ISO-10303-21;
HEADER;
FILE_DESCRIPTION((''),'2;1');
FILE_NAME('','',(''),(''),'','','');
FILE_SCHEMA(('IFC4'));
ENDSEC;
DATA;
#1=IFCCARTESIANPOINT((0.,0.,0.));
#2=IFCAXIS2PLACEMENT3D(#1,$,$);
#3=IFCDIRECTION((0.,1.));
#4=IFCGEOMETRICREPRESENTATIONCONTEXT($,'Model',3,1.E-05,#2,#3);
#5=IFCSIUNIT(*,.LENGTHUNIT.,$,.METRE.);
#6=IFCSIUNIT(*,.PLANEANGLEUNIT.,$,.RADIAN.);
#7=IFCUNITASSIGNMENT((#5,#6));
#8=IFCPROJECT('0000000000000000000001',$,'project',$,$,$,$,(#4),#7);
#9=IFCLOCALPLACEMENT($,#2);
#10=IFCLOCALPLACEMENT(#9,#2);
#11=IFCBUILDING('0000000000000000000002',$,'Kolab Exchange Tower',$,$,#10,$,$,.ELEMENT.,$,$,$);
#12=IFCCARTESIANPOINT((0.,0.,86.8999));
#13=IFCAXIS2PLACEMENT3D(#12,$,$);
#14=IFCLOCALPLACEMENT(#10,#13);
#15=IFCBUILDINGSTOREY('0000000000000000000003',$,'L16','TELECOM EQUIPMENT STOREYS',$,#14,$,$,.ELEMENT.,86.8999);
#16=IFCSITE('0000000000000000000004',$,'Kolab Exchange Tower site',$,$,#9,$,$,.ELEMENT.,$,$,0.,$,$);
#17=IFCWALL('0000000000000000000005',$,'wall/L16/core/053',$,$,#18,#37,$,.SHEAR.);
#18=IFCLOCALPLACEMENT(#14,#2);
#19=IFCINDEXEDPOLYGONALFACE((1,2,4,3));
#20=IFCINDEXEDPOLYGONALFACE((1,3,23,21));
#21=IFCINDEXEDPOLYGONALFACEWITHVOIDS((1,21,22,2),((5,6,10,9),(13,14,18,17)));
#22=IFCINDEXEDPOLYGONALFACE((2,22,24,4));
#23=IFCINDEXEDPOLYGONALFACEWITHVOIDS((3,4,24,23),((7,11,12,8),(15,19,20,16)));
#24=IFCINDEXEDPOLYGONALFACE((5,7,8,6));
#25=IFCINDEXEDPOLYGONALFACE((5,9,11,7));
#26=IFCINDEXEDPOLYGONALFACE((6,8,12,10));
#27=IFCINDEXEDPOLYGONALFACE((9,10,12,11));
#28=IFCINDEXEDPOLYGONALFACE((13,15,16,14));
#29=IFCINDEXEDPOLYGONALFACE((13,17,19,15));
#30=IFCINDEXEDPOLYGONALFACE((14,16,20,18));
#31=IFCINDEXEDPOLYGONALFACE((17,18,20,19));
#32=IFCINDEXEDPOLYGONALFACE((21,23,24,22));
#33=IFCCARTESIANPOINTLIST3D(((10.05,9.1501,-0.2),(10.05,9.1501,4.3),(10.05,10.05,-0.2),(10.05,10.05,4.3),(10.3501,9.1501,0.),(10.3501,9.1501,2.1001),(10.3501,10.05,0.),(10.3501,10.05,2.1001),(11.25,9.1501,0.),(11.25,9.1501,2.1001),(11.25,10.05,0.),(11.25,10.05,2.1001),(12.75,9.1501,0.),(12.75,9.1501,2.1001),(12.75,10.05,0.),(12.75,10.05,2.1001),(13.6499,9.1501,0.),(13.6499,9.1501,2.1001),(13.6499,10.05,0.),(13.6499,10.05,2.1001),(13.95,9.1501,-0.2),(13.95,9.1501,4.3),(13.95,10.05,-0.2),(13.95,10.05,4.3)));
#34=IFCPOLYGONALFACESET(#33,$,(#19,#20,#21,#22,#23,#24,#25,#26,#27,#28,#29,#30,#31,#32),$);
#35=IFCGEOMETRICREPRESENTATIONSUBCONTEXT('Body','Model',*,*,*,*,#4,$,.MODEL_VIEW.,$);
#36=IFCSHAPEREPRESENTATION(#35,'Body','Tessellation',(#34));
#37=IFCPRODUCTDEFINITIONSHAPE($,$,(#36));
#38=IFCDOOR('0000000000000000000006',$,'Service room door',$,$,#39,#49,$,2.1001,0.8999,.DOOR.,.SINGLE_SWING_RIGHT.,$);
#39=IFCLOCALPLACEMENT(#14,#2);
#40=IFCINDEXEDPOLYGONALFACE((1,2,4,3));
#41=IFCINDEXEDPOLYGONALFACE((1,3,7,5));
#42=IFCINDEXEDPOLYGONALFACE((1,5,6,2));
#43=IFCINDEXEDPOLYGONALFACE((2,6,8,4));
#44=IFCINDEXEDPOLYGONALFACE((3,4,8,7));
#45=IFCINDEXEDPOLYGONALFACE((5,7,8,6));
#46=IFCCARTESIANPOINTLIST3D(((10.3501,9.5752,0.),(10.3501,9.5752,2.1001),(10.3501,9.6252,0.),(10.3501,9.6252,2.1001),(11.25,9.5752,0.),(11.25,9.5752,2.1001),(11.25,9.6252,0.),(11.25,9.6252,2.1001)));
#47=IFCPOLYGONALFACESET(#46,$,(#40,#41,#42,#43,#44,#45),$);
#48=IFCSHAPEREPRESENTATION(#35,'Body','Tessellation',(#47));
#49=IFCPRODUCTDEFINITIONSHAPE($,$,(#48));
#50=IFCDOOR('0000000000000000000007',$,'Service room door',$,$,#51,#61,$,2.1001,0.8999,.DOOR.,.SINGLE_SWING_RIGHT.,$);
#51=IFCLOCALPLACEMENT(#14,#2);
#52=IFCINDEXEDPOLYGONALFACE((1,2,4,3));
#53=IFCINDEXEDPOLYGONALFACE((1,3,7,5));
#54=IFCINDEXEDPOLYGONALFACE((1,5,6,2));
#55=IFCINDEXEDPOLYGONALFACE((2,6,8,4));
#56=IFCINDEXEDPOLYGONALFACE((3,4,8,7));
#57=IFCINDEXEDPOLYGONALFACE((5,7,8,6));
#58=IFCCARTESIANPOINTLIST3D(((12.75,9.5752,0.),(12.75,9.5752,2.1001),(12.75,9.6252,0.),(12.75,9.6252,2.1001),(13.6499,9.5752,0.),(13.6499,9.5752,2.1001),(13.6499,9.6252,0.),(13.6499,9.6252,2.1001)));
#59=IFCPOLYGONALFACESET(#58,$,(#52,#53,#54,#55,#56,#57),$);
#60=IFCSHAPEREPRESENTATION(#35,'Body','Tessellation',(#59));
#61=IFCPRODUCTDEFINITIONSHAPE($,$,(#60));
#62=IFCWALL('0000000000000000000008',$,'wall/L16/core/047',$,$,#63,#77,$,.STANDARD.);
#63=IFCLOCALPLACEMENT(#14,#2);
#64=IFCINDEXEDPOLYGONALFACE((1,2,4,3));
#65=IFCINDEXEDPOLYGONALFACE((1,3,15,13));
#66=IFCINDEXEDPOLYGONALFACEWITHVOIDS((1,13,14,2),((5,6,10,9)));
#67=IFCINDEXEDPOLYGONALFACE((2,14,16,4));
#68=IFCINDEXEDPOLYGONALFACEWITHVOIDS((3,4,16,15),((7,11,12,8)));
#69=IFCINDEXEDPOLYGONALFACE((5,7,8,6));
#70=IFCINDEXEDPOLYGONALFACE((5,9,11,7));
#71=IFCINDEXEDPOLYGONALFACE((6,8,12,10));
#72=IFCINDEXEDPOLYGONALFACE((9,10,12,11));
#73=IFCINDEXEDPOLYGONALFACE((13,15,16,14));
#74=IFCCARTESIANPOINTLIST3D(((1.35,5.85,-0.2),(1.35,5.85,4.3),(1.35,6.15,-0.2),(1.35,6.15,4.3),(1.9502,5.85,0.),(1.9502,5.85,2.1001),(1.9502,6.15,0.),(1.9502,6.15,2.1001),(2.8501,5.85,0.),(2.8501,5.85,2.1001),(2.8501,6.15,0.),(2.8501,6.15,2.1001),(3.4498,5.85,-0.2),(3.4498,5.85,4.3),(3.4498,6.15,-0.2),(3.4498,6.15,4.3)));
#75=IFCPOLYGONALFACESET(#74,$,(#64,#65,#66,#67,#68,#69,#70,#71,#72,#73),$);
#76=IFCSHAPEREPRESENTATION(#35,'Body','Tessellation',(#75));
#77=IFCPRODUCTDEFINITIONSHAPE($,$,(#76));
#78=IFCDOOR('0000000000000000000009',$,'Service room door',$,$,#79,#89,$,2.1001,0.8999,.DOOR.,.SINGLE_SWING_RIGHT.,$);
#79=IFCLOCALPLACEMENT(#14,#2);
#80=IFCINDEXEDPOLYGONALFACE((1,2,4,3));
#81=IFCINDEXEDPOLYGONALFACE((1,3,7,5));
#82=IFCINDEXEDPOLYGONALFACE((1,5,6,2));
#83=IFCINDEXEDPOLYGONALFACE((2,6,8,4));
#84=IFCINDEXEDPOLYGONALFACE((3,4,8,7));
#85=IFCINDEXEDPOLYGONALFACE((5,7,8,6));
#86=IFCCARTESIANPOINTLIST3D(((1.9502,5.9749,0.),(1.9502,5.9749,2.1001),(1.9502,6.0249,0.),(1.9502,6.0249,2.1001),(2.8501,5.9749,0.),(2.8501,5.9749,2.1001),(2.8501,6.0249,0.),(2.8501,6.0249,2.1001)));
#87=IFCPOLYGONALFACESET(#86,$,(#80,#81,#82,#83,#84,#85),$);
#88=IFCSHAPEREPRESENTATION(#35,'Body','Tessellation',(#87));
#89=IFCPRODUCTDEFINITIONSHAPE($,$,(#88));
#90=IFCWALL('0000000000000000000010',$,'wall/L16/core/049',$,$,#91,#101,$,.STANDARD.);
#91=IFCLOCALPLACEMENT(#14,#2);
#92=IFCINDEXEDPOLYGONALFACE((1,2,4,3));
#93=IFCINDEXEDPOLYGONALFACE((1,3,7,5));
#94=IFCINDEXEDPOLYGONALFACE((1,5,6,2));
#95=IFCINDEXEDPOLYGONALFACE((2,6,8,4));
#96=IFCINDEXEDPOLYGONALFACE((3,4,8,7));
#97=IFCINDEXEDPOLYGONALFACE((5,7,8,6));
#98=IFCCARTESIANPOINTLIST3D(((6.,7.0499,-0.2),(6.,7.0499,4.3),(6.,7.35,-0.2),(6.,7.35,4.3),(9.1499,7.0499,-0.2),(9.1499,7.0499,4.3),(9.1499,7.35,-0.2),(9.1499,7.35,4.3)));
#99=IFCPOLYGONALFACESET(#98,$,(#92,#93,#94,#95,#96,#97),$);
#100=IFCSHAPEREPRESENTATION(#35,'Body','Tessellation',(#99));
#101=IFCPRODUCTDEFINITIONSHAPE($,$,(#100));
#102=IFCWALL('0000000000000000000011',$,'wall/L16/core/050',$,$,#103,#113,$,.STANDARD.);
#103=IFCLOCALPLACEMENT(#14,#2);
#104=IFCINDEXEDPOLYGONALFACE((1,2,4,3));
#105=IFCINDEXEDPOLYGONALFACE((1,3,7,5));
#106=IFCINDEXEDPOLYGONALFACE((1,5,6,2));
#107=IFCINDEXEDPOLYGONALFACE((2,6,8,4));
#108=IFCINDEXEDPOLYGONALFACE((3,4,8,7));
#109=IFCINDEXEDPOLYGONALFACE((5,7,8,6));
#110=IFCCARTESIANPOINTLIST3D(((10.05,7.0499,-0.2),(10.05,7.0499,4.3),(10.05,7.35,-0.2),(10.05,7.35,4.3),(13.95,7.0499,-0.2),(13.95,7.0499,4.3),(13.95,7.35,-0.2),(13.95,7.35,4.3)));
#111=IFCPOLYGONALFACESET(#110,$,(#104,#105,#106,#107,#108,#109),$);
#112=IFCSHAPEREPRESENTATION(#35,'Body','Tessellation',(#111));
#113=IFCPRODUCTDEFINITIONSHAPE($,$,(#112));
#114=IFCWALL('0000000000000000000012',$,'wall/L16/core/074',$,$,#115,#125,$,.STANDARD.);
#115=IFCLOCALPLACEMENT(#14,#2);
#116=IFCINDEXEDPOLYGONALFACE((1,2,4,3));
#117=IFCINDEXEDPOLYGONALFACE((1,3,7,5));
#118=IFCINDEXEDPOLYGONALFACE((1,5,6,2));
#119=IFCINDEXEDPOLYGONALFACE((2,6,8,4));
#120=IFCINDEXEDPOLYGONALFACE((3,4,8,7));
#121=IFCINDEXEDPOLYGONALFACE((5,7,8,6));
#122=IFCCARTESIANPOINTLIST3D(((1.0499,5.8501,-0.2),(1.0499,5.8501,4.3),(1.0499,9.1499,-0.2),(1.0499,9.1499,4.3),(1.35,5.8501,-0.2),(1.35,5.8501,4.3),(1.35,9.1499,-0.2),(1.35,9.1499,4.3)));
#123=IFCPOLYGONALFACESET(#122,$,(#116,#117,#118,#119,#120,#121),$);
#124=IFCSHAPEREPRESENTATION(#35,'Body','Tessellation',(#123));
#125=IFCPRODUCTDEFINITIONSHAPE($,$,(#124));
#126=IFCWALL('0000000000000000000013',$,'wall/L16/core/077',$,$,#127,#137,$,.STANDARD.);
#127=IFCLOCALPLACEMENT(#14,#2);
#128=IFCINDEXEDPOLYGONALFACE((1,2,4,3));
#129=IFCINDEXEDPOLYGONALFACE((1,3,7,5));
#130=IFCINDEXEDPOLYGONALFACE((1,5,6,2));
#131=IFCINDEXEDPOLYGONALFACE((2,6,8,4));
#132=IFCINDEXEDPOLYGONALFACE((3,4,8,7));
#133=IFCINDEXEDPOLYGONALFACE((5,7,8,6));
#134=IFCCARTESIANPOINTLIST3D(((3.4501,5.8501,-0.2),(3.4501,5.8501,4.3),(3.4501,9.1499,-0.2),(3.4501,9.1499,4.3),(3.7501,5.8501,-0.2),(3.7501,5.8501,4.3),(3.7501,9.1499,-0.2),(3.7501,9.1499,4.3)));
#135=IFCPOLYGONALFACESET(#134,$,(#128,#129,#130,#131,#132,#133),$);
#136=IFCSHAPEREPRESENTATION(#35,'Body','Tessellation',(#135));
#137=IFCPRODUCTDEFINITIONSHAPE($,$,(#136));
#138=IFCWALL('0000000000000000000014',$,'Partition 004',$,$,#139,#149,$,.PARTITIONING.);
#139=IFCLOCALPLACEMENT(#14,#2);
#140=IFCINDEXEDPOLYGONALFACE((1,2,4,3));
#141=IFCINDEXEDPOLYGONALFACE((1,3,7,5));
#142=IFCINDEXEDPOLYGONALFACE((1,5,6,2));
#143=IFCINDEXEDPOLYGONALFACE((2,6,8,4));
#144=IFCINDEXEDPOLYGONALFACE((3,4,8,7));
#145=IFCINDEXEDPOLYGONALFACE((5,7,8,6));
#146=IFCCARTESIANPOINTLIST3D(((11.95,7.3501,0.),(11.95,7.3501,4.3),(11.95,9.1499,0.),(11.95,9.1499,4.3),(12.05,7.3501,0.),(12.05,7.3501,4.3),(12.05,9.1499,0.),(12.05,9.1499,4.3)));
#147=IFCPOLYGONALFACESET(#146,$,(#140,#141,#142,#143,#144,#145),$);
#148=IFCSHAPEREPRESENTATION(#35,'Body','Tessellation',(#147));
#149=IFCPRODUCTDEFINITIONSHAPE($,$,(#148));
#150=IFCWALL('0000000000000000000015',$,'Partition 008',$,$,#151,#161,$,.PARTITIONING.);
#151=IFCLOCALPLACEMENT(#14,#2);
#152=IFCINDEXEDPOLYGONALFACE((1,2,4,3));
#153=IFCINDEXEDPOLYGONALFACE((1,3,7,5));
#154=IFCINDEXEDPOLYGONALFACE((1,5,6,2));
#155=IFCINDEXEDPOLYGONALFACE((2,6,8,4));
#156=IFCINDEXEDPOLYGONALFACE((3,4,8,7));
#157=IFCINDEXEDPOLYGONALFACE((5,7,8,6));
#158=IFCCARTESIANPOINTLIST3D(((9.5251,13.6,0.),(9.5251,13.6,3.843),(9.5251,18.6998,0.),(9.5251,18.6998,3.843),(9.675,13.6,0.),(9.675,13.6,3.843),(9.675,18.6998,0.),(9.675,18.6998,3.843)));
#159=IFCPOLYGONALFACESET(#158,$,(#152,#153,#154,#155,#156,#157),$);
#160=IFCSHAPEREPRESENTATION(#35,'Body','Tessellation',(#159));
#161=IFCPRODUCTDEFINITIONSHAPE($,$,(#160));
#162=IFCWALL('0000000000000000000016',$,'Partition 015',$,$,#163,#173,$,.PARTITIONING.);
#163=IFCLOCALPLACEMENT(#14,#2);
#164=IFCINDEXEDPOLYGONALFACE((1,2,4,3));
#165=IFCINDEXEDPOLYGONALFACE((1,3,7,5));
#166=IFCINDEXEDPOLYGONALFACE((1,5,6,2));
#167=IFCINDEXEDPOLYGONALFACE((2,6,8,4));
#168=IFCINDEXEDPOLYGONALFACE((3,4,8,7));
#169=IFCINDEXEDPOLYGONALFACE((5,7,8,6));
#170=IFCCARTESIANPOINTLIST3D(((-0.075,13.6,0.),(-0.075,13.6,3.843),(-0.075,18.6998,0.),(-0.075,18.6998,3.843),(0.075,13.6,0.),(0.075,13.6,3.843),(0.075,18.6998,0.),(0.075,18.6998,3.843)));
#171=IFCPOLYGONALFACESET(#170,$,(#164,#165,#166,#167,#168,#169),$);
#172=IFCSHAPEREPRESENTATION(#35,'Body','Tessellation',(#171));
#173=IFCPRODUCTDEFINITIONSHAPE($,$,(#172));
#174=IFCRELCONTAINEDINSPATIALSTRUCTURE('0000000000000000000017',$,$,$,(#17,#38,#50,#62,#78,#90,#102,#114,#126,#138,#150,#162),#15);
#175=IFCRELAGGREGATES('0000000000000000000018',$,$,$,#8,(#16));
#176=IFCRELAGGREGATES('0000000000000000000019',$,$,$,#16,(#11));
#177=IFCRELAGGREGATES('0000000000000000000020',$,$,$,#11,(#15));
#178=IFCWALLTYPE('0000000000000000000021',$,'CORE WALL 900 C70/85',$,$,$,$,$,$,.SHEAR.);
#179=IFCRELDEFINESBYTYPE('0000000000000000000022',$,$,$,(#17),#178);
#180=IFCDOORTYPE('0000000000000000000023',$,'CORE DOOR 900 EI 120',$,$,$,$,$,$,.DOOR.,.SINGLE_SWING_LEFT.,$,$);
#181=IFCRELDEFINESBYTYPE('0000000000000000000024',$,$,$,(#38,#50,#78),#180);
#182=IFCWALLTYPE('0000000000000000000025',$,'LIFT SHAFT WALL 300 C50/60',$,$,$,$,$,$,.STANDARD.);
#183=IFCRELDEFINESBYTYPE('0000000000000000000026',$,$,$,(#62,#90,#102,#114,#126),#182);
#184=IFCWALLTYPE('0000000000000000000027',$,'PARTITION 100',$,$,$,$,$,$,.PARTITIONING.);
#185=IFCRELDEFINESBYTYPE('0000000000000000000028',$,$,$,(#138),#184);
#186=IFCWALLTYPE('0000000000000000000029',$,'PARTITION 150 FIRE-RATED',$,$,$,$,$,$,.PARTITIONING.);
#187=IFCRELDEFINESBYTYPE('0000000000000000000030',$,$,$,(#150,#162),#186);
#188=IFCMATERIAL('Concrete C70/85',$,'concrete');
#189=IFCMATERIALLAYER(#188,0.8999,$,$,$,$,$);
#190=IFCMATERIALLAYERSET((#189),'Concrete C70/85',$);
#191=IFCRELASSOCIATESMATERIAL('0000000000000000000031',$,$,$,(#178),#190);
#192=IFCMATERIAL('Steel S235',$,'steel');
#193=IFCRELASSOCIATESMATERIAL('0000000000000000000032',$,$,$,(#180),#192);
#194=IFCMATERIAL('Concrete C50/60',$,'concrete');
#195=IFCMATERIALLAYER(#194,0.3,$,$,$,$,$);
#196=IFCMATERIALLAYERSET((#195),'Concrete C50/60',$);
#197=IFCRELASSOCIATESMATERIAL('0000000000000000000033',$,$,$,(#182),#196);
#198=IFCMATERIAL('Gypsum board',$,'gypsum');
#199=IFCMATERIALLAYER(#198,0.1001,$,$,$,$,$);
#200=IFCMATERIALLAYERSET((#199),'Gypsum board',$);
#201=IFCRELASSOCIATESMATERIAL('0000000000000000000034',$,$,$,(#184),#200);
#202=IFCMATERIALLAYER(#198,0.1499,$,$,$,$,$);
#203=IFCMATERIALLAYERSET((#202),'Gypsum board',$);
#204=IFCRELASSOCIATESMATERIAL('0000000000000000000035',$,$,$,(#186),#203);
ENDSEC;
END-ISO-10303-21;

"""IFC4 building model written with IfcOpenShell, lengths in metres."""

from ifc_helpers import new_model, si_unit, direction, frame, frame_2d, origin, place, context, subcontext, project, spatial, rectangle, extrude, material, layer, layer_set, type_object, element, fill, save


model = new_model("IFC4")

# Units and contexts
model_context = context("Model", 3, precision=1e-05, world=origin(), true_north=direction((0.0, 1.0)))
body_context = subcontext(model_context, "Body", "Model", "MODEL_VIEW")
ifc_project = project(units=[si_unit("LENGTHUNIT", "METRE"), si_unit("PLANEANGLEUNIT", "RADIAN")], contexts=[model_context])

# Site, building, storey
site_placement = place(None, origin())
site = spatial("IfcSite", under=ifc_project, at=site_placement, Name="Kolab Exchange Tower site", CompositionType="ELEMENT", RefElevation=0.0)
building_placement = place(site_placement, origin())
building = spatial("IfcBuilding", under=site, at=building_placement, Name="Kolab Exchange Tower", CompositionType="ELEMENT")
storey_placement = place(building_placement, frame((0.0, 0.0, 86.8999)))
storey = spatial("IfcBuildingStorey", under=building, at=storey_placement, Name="L16", Description="TELECOM EQUIPMENT STOREYS", CompositionType="ELEMENT", Elevation=86.8999)

# Shared definitions
ifc_material_1 = material(Name="Concrete C70/85", Category="concrete")

# Wall, openings, doors
ifc_layer_1 = layer(ifc_material_1, 0.8999)
ifc_layer_set_1 = layer_set([ifc_layer_1], Name="Concrete C70/85")
wall_type_1 = type_object("IfcWallType", Name="CORE WALL 900 C70/85", PredefinedType="SHEAR", material=ifc_layer_set_1)
wall_1_placement = place(storey_placement, frame((10.05, 9.6001, -0.2), z_axis=(0.0, 0.0, 1.0), x_axis=(1.0, 0.0, 0.0)))
wall_1 = element("IfcWall", 1, at=wall_1_placement, inside=storey, type_object=wall_type_1, Name="wall/L16/core/053", PredefinedType="SHEAR", context=body_context, shape_type="SweptSolid", body=[
    extrude(rectangle(XDim=3.8999, YDim=0.8999, at=frame_2d((1.95, 0.0))), origin(), (0.0, 0.0, 1.0), 4.5),
])
opening_1_placement = place(wall_1_placement, frame((0.3, 0.0, 0.2)))
opening_1 = element("IfcOpeningElement", 2, at=opening_1_placement, cuts=wall_1, PredefinedType="OPENING", context=body_context, shape_type="SweptSolid", body=[
    extrude(rectangle(XDim=0.8999, YDim=2.1001, at=frame_2d((0.45, 1.05))), frame((0.0, 0.46, 0.0), z_axis=(0.0, -1.0, 0.0), x_axis=(1.0, 0.0, 0.0)), (0.0, 0.0, 1.0), 0.9199),
])
opening_2_placement = place(wall_1_placement, frame((2.7, 0.0, 0.2)))
opening_2 = element("IfcOpeningElement", 3, at=opening_2_placement, cuts=wall_1, PredefinedType="OPENING", context=body_context, shape_type="SweptSolid", body=[
    extrude(rectangle(XDim=0.8999, YDim=2.1001, at=frame_2d((0.45, 1.05))), frame((0.0, 0.46, 0.0), z_axis=(0.0, -1.0, 0.0), x_axis=(1.0, 0.0, 0.0)), (0.0, 0.0, 1.0), 0.9199),
])
ifc_material_2 = material(Name="Steel S235", Category="steel")
door_type = type_object("IfcDoorType", Name="CORE DOOR 900 EI 120", OperationType="SINGLE_SWING_LEFT", PredefinedType="DOOR", material=ifc_material_2)
door_1_placement = place(opening_1_placement, frame((0.8999, 0.0, 0.0), z_axis=(0.0, 0.0, 1.0), x_axis=(-1.0, 0.0, 0.0)))
door_1 = element("IfcDoor", 4, at=door_1_placement, inside=storey, type_object=door_type, Name="Service room door", OperationType="SINGLE_SWING_RIGHT", OverallHeight=2.1001, OverallWidth=0.8999, PredefinedType="DOOR", context=body_context, shape_type="SweptSolid", body=[
    extrude(rectangle(XDim=0.8999, YDim=2.1001, at=frame_2d((0.45, 1.05))), frame((0.0, 0.0249, 0.0), z_axis=(0.0, -1.0, 0.0), x_axis=(1.0, 0.0, 0.0)), (0.0, 0.0, 1.0), 0.05),
])
fill(opening_1, door_1)
door_2_placement = place(opening_2_placement, frame((0.8999, 0.0, 0.0), z_axis=(0.0, 0.0, 1.0), x_axis=(-1.0, 0.0, 0.0)))
door_2 = element("IfcDoor", 5, at=door_2_placement, inside=storey, type_object=door_type, Name="Service room door", OperationType="SINGLE_SWING_RIGHT", OverallHeight=2.1001, OverallWidth=0.8999, PredefinedType="DOOR", context=body_context, shape_type="SweptSolid", body=[
    extrude(rectangle(XDim=0.8999, YDim=2.1001, at=frame_2d((0.45, 1.05))), frame((0.0, 0.0249, 0.0), z_axis=(0.0, -1.0, 0.0), x_axis=(1.0, 0.0, 0.0)), (0.0, 0.0, 1.0), 0.05),
])
fill(opening_2, door_2)

# Wall, opening, door
ifc_material_3 = material(Name="Concrete C50/60", Category="concrete")
ifc_layer_2 = layer(ifc_material_3, 0.3)
ifc_layer_set_2 = layer_set([ifc_layer_2], Name="Concrete C50/60")
wall_type_2 = type_object("IfcWallType", Name="LIFT SHAFT WALL 300 C50/60", PredefinedType="STANDARD", material=ifc_layer_set_2)
wall_2_placement = place(storey_placement, frame((1.3501, 6.0, -0.2), z_axis=(0.0, 0.0, 1.0), x_axis=(1.0, 0.0, 0.0)))
wall_2 = element("IfcWall", 6, at=wall_2_placement, inside=storey, type_object=wall_type_2, Name="wall/L16/core/047", PredefinedType="STANDARD", context=body_context, shape_type="SweptSolid", body=[
    extrude(rectangle(XDim=2.0999, YDim=0.3, at=frame_2d((1.0498, 0.0))), origin(), (0.0, 0.0, 1.0), 4.5),
])
opening_3_placement = place(wall_2_placement, frame((0.6001, 0.0, 0.2)))
opening_3 = element("IfcOpeningElement", 7, at=opening_3_placement, cuts=wall_2, PredefinedType="OPENING", context=body_context, shape_type="SweptSolid", body=[
    extrude(rectangle(XDim=0.8999, YDim=2.1001, at=frame_2d((0.45, 1.05))), frame((0.0, 0.1602, 0.0), z_axis=(0.0, -1.0, 0.0), x_axis=(1.0, 0.0, 0.0)), (0.0, 0.0, 1.0), 0.3201),
])
door_3_placement = place(opening_3_placement, origin())
door_3 = element("IfcDoor", 8, at=door_3_placement, inside=storey, type_object=door_type, Name="Service room door", OperationType="SINGLE_SWING_RIGHT", OverallHeight=2.1001, OverallWidth=0.8999, PredefinedType="DOOR", context=body_context, shape_type="SweptSolid", body=[
    extrude(rectangle(XDim=0.8999, YDim=2.1001, at=frame_2d((0.45, 1.05))), frame((0.0, 0.0249, 0.0), z_axis=(0.0, -1.0, 0.0), x_axis=(1.0, 0.0, 0.0)), (0.0, 0.0, 1.0), 0.05),
])
fill(opening_3, door_3)

# Walls
wall_3_placement = place(storey_placement, frame((6.0, 7.2, -0.2), z_axis=(0.0, 0.0, 1.0), x_axis=(1.0, 0.0, 0.0)))
element("IfcWall", 9, at=wall_3_placement, inside=storey, type_object=wall_type_2, Name="wall/L16/core/049", PredefinedType="STANDARD", context=body_context, shape_type="SweptSolid", body=[
    extrude(rectangle(XDim=3.1499, YDim=0.3, at=frame_2d((1.575, 0.0))), origin(), (0.0, 0.0, 1.0), 4.5),
])
wall_4_placement = place(storey_placement, frame((10.05, 7.2, -0.2), z_axis=(0.0, 0.0, 1.0), x_axis=(1.0, 0.0, 0.0)))
element("IfcWall", 10, at=wall_4_placement, inside=storey, type_object=wall_type_2, Name="wall/L16/core/050", PredefinedType="STANDARD", context=body_context, shape_type="SweptSolid", body=[
    extrude(rectangle(XDim=3.8999, YDim=0.3, at=frame_2d((1.95, 0.0))), origin(), (0.0, 0.0, 1.0), 4.5),
])
for number, where, z_axis, x_axis, name in (
    (11, (1.2, 5.8501, -0.2), (0.0, 0.0, 1.0), (0.0, 1.0, 0.0), "wall/L16/core/074"),
    (12, (3.6001, 5.8501, -0.2), (0.0, 0.0, 1.0), (0.0, 1.0, 0.0), "wall/L16/core/077"),
):
    element("IfcWall", number, at=place(storey_placement, frame(where, z_axis=z_axis, x_axis=x_axis)), inside=storey, type_object=wall_type_2, Name=name, PredefinedType="STANDARD", context=body_context, shape_type="SweptSolid", body=[
        extrude(rectangle(XDim=3.2998, YDim=0.3, at=frame_2d((1.6499, 0.0))), origin(), (0.0, 0.0, 1.0), 4.5),
    ])
ifc_material_4 = material(Name="Gypsum board", Category="gypsum")
ifc_layer_3 = layer(ifc_material_4, 0.1001)
ifc_layer_set_3 = layer_set([ifc_layer_3], Name="Gypsum board")
wall_type_3 = type_object("IfcWallType", Name="PARTITION 100", PredefinedType="PARTITIONING", material=ifc_layer_set_3)
wall_5_placement = place(storey_placement, frame((12.0, 7.3501, 0.0), z_axis=(0.0, 0.0, 1.0), x_axis=(0.0, 1.0, 0.0)))
element("IfcWall", 13, at=wall_5_placement, inside=storey, type_object=wall_type_3, Name="Partition 004", PredefinedType="PARTITIONING", context=body_context, shape_type="SweptSolid", body=[
    extrude(rectangle(XDim=1.7998, YDim=0.1001, at=frame_2d((0.8999, 0.0))), origin(), (0.0, 0.0, 1.0), 4.3),
])
ifc_layer_4 = layer(ifc_material_4, 0.1499)
ifc_layer_set_4 = layer_set([ifc_layer_4], Name="Gypsum board")
wall_type_4 = type_object("IfcWallType", Name="PARTITION 150 FIRE-RATED", PredefinedType="PARTITIONING", material=ifc_layer_set_4)
for number, where, z_axis, x_axis, name in (
    (14, (9.6001, 13.6001, 0.0), (0.0, 0.0, 1.0), (0.0, 1.0, 0.0), "Partition 008"),
    (15, (0.0, 13.6001, 0.0), (0.0, 0.0, 1.0), (0.0, 1.0, 0.0), "Partition 015"),
):
    element("IfcWall", number, at=place(storey_placement, frame(where, z_axis=z_axis, x_axis=x_axis)), inside=storey, type_object=wall_type_4, Name=name, PredefinedType="PARTITIONING", context=body_context, shape_type="SweptSolid", body=[
        extrude(rectangle(XDim=5.0999, YDim=0.1499, at=frame_2d((2.5498, 0.0))), origin(), (0.0, 0.0, 1.0), 3.843),
    ])

save(model, "model.ifc")
